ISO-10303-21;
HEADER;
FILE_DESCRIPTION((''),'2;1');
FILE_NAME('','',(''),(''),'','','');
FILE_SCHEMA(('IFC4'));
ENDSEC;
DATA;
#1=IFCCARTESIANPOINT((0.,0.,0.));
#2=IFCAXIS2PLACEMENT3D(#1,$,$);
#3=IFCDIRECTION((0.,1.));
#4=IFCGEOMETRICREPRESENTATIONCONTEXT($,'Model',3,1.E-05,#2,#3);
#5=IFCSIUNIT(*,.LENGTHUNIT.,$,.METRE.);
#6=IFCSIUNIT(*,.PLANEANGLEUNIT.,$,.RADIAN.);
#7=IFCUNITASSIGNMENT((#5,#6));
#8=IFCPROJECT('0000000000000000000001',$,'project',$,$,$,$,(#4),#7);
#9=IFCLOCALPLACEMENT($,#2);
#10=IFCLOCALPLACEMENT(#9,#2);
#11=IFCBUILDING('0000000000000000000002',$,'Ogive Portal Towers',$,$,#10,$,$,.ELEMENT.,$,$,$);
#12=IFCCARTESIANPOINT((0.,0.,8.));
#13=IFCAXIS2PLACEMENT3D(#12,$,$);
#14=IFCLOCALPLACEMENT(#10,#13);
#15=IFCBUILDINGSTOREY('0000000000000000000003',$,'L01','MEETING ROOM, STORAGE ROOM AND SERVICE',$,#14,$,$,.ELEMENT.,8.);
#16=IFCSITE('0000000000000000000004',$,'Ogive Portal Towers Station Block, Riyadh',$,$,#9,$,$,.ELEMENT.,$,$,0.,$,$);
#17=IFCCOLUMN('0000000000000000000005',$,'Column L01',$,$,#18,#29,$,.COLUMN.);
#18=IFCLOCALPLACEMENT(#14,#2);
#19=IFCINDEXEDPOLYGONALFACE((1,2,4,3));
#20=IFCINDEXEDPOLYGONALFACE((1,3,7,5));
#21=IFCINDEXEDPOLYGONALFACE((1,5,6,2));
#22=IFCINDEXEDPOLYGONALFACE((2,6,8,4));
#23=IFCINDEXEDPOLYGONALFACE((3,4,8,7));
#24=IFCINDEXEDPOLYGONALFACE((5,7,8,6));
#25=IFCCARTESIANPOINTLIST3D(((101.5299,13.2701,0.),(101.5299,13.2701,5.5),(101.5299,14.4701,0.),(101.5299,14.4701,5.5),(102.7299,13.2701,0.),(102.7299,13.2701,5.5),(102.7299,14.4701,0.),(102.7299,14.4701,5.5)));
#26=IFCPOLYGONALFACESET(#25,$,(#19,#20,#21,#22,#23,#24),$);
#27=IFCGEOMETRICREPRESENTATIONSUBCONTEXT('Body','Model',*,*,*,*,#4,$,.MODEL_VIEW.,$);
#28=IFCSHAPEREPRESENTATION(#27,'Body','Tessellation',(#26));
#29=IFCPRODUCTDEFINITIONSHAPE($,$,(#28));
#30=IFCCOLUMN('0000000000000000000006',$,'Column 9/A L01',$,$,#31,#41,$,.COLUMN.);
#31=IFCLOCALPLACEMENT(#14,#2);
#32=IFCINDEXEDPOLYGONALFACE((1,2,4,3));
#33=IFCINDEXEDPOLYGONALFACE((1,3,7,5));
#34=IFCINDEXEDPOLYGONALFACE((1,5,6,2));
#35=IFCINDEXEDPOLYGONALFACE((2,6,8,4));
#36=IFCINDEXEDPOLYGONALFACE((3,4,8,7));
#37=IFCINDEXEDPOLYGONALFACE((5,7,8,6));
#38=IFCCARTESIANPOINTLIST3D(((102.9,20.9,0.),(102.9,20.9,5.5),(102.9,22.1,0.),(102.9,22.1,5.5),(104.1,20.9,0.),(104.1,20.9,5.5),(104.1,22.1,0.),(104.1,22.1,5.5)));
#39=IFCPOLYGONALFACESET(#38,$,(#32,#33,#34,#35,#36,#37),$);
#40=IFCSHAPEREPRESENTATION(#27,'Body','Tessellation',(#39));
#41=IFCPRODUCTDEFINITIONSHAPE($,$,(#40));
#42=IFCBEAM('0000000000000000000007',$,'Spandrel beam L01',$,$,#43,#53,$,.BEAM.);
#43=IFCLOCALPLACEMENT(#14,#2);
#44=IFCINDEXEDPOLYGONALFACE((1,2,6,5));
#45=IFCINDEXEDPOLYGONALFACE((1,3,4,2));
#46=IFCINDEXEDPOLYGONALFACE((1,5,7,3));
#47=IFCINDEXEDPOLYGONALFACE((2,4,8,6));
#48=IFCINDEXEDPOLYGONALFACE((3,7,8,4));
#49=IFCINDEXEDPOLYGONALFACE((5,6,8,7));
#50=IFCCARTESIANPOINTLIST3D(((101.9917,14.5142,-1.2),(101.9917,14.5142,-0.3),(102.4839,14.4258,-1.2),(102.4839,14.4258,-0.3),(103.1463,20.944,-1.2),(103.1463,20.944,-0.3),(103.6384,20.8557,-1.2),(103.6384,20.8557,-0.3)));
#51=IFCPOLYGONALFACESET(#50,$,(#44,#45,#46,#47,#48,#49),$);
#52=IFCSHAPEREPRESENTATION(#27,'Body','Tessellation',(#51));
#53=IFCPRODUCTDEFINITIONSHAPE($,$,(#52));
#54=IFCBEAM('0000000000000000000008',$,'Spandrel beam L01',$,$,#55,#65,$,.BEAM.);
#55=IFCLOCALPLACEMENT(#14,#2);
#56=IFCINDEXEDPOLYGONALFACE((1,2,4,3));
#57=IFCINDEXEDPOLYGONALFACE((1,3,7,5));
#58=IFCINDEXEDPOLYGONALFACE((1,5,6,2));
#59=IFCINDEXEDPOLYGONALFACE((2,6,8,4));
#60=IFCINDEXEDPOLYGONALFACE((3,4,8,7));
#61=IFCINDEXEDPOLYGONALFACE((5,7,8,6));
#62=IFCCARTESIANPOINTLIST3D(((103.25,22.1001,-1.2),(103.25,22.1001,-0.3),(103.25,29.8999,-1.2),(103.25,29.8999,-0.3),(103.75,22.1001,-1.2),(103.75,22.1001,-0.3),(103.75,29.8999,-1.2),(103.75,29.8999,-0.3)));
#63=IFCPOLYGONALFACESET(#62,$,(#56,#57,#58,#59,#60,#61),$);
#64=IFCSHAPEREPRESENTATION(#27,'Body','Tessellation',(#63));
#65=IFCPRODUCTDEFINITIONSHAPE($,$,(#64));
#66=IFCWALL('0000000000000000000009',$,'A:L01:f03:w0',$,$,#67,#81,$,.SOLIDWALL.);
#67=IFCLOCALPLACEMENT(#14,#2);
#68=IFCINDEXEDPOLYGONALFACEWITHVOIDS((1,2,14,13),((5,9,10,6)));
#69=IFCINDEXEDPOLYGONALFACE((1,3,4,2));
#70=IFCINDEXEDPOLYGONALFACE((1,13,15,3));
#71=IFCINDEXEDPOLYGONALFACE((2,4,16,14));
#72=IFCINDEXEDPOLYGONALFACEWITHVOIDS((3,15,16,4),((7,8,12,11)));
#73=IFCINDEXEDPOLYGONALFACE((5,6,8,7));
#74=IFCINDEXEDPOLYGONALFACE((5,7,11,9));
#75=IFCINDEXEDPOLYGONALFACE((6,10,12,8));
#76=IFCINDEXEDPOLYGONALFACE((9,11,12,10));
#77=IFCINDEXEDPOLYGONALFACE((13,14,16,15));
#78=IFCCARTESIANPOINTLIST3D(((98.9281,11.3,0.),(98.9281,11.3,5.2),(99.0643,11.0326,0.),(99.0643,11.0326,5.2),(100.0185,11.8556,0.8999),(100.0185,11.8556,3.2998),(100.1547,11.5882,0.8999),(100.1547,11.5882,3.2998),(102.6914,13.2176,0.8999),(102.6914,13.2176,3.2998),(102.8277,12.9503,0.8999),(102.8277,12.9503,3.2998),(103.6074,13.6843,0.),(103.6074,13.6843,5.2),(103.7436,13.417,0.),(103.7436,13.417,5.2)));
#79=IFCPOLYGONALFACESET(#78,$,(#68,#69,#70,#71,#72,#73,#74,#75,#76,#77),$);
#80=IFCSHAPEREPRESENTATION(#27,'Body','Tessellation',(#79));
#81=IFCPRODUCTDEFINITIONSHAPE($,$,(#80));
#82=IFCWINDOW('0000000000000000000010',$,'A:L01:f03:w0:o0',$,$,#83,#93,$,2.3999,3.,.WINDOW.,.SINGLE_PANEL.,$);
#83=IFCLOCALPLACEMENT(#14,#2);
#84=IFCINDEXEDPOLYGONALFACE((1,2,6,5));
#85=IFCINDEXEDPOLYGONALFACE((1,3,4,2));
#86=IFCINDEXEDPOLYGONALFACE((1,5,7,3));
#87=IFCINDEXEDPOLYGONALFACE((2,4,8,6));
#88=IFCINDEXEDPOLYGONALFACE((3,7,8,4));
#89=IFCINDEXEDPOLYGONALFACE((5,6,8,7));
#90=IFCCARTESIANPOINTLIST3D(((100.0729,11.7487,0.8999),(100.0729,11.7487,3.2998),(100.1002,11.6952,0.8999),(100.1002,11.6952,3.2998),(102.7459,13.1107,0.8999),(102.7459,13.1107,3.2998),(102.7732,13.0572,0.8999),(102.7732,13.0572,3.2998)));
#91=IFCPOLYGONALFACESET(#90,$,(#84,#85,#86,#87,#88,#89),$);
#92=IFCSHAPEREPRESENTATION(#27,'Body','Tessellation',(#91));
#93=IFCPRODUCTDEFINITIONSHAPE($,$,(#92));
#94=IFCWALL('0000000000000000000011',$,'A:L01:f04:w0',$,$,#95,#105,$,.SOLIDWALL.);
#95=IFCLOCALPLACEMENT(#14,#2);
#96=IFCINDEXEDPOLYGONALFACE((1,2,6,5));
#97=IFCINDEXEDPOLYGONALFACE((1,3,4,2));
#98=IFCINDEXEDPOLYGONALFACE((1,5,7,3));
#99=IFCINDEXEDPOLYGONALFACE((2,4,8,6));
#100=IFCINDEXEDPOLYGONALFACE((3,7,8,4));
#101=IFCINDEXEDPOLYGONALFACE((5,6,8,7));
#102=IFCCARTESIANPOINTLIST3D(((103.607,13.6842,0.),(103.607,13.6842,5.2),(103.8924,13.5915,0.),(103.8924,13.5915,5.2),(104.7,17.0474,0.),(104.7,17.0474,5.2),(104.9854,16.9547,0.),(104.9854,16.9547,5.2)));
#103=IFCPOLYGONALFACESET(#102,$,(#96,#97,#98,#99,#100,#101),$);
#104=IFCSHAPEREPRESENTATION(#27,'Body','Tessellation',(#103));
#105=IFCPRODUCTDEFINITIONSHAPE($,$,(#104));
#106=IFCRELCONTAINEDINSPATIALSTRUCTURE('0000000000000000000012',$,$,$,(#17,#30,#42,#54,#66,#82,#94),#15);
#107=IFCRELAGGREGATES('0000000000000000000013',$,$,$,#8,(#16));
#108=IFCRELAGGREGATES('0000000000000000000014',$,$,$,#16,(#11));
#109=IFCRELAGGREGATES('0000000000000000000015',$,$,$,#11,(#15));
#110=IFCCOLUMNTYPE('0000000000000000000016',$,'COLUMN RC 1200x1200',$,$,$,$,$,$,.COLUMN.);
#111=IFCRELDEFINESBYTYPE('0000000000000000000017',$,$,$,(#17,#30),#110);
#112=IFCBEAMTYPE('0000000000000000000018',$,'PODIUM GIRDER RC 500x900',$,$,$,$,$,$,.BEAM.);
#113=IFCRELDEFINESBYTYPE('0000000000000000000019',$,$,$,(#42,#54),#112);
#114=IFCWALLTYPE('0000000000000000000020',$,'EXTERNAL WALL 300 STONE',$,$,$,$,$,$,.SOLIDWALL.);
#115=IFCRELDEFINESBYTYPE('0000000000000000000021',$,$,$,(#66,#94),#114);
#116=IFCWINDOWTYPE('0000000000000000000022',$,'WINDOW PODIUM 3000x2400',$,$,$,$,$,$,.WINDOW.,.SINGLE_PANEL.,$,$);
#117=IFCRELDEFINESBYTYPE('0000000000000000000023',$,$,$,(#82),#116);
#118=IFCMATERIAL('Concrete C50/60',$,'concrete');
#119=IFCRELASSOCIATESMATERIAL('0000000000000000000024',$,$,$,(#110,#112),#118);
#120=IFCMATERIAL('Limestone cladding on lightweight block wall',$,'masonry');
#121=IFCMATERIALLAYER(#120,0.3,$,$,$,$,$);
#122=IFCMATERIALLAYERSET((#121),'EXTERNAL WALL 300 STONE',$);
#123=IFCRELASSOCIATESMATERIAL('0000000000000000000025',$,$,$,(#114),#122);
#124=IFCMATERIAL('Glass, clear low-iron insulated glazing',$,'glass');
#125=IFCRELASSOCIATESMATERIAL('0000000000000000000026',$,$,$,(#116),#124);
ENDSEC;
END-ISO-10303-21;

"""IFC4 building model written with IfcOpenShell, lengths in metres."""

from ifc_helpers import new_model, si_unit, direction, frame, frame_2d, origin, origin_2d, place, context, subcontext, project, spatial, rectangle, extrude, material, layer, layer_set, material_profile, profile_set, type_object, element, fill, save


model = new_model("IFC4")

# Units and contexts
model_context = context("Model", 3, precision=1e-05, world=origin(), true_north=direction((0.0, 1.0)))
body_context = subcontext(model_context, "Body", "Model", "MODEL_VIEW")
ifc_project = project(units=[si_unit("LENGTHUNIT", "METRE"), si_unit("PLANEANGLEUNIT", "RADIAN")], contexts=[model_context])

# Site, building, storey
site_placement = place(None, origin())
site = spatial("IfcSite", under=ifc_project, at=site_placement, Name="Ogive Portal Towers Station Block, Riyadh", CompositionType="ELEMENT", RefElevation=0.0)
building_placement = place(site_placement, origin())
building = spatial("IfcBuilding", under=site, at=building_placement, Name="Ogive Portal Towers", CompositionType="ELEMENT")
storey_placement = place(building_placement, frame((0.0, 0.0, 8.0)))
storey = spatial("IfcBuildingStorey", under=building, at=storey_placement, Name="L01", Description="MEETING ROOM, STORAGE ROOM AND SERVICE", CompositionType="ELEMENT", Elevation=8.0)

# Columns
ifc_material_1 = material(Name="Concrete C50/60", Category="concrete")
ifc_material_profile_1 = material_profile(ifc_material_1, rectangle(XDim=1.2, YDim=1.2, at=origin_2d()), Name="RC 1200x1200")
ifc_profile_set_1 = profile_set([ifc_material_profile_1], Name="Concrete C50/60")
column_type = type_object("IfcColumnType", Name="COLUMN RC 1200x1200", PredefinedType="COLUMN", material=ifc_profile_set_1)
for number, where, z_axis, x_axis, name in (
    (1, (102.1299, 13.8701, 0.0), (0.0, 0.0, 1.0), (1.0, 0.0, 0.0), "Column L01"),
    (2, (103.5, 21.5, 0.0), (0.0, 0.0, 1.0), (1.0, 0.0, 0.0), "Column 9/A L01"),
):
    element("IfcColumn", number, at=place(storey_placement, frame(where, z_axis=z_axis, x_axis=x_axis)), inside=storey, type_object=column_type, Name=name, PredefinedType="COLUMN", context=body_context, shape_type="SweptSolid", body=[
        extrude(rectangle(XDim=1.2, YDim=1.2, at=origin_2d()), origin(), (0.0, 0.0, 1.0), 5.5),
    ])

# Beams
ifc_material_profile_2 = material_profile(ifc_material_1, rectangle(XDim=0.5, YDim=0.8999, at=origin_2d()), Name="RC 500x900")
ifc_profile_set_2 = profile_set([ifc_material_profile_2], Name="Concrete C50/60")
beam_type = type_object("IfcBeamType", Name="PODIUM GIRDER RC 500x900", PredefinedType="BEAM", material=ifc_profile_set_2)
beam_1_placement = place(storey_placement, frame((102.2378, 14.47, -0.75), z_axis=(0.176731, 0.984259, 0.0), x_axis=(-0.984259, 0.176731, 0.0)))
element("IfcBeam", 3, at=beam_1_placement, inside=storey, type_object=beam_type, Name="Spandrel beam L01", PredefinedType="BEAM", context=body_context, shape_type="SweptSolid", body=[
    extrude(rectangle(XDim=0.5, YDim=0.8999, at=origin_2d()), origin(), (0.0, 0.0, 1.0), 6.5327),
])
beam_2_placement = place(storey_placement, frame((103.5, 22.1001, -0.75), z_axis=(0.0, 1.0, 0.0), x_axis=(-1.0, 0.0, 0.0)))
element("IfcBeam", 4, at=beam_2_placement, inside=storey, type_object=beam_type, Name="Spandrel beam L01", PredefinedType="BEAM", context=body_context, shape_type="SweptSolid", body=[
    extrude(rectangle(XDim=0.5, YDim=0.8999, at=origin_2d()), origin(), (0.0, 0.0, 1.0), 7.7998),
])

# Wall, opening, window
ifc_material_2 = material(Name="Limestone cladding on lightweight block wall", Category="masonry")
ifc_layer_1 = layer(ifc_material_2, 0.3)
ifc_layer_set_1 = layer_set([ifc_layer_1], Name="EXTERNAL WALL 300 STONE")
wall_type_1 = type_object("IfcWallType", Name="EXTERNAL WALL 300 STONE", PredefinedType="SOLIDWALL", material=ifc_layer_set_1)
wall_1_placement = place(storey_placement, frame((98.9961, 11.1663, 0.0), z_axis=(0.0, 0.0, 1.0), x_axis=(0.890998, 0.454007, 0.0)))
wall_1 = element("IfcWall", 5, at=wall_1_placement, inside=storey, type_object=wall_type_1, Name="A:L01:f03:w0", PredefinedType="SOLIDWALL", context=body_context, shape_type="SweptSolid", body=[
    extrude(rectangle(XDim=5.2517, YDim=0.3, at=frame_2d((2.626, 0.0))), origin(), (0.0, 0.0, 1.0), 5.2),
])
opening_1_placement = place(wall_1_placement, frame((1.2239, 0.0, 0.8999)))
opening_1 = element("IfcOpeningElement", 6, at=opening_1_placement, cuts=wall_1, PredefinedType="OPENING", context=body_context, shape_type="SweptSolid", body=[
    extrude(rectangle(XDim=3.0, YDim=2.3999, at=frame_2d((1.5, 1.2))), frame((0.0, 0.1602, 0.0), z_axis=(0.0, -1.0, 0.0), x_axis=(1.0, 0.0, 0.0)), (0.0, 0.0, 1.0), 0.3201),
])
ifc_material_3 = material(Name="Glass, clear low-iron insulated glazing", Category="glass")
window_type = type_object("IfcWindowType", Name="WINDOW PODIUM 3000x2400", PartitioningType="SINGLE_PANEL", PredefinedType="WINDOW", material=ifc_material_3)
window_1_placement = place(opening_1_placement, origin())
window_1 = element("IfcWindow", 7, at=window_1_placement, inside=storey, type_object=window_type, Name="A:L01:f03:w0:o0", OverallHeight=2.3999, OverallWidth=3.0, PartitioningType="SINGLE_PANEL", PredefinedType="WINDOW", context=body_context, shape_type="SweptSolid", body=[
    extrude(rectangle(XDim=3.0, YDim=2.3999, at=frame_2d((1.5, 1.2))), frame((0.0, 0.03, 0.0), z_axis=(0.0, -1.0, 0.0), x_axis=(1.0, 0.0, 0.0)), (0.0, 0.0, 1.0), 0.0601),
])
fill(opening_1, window_1)

# Wall
wall_2_placement = place(storey_placement, frame((103.7498, 13.6379, 0.0), z_axis=(0.0, 0.0, 1.0), x_axis=(0.309074, 0.951038, 0.0)))
element("IfcWall", 8, at=wall_2_placement, inside=storey, type_object=wall_type_1, Name="A:L01:f04:w0", PredefinedType="SOLIDWALL", context=body_context, shape_type="SweptSolid", body=[
    extrude(rectangle(XDim=3.5364, YDim=0.3, at=frame_2d((1.7681, 0.0))), origin(), (0.0, 0.0, 1.0), 5.2),
])

save(model, "model.ifc")
